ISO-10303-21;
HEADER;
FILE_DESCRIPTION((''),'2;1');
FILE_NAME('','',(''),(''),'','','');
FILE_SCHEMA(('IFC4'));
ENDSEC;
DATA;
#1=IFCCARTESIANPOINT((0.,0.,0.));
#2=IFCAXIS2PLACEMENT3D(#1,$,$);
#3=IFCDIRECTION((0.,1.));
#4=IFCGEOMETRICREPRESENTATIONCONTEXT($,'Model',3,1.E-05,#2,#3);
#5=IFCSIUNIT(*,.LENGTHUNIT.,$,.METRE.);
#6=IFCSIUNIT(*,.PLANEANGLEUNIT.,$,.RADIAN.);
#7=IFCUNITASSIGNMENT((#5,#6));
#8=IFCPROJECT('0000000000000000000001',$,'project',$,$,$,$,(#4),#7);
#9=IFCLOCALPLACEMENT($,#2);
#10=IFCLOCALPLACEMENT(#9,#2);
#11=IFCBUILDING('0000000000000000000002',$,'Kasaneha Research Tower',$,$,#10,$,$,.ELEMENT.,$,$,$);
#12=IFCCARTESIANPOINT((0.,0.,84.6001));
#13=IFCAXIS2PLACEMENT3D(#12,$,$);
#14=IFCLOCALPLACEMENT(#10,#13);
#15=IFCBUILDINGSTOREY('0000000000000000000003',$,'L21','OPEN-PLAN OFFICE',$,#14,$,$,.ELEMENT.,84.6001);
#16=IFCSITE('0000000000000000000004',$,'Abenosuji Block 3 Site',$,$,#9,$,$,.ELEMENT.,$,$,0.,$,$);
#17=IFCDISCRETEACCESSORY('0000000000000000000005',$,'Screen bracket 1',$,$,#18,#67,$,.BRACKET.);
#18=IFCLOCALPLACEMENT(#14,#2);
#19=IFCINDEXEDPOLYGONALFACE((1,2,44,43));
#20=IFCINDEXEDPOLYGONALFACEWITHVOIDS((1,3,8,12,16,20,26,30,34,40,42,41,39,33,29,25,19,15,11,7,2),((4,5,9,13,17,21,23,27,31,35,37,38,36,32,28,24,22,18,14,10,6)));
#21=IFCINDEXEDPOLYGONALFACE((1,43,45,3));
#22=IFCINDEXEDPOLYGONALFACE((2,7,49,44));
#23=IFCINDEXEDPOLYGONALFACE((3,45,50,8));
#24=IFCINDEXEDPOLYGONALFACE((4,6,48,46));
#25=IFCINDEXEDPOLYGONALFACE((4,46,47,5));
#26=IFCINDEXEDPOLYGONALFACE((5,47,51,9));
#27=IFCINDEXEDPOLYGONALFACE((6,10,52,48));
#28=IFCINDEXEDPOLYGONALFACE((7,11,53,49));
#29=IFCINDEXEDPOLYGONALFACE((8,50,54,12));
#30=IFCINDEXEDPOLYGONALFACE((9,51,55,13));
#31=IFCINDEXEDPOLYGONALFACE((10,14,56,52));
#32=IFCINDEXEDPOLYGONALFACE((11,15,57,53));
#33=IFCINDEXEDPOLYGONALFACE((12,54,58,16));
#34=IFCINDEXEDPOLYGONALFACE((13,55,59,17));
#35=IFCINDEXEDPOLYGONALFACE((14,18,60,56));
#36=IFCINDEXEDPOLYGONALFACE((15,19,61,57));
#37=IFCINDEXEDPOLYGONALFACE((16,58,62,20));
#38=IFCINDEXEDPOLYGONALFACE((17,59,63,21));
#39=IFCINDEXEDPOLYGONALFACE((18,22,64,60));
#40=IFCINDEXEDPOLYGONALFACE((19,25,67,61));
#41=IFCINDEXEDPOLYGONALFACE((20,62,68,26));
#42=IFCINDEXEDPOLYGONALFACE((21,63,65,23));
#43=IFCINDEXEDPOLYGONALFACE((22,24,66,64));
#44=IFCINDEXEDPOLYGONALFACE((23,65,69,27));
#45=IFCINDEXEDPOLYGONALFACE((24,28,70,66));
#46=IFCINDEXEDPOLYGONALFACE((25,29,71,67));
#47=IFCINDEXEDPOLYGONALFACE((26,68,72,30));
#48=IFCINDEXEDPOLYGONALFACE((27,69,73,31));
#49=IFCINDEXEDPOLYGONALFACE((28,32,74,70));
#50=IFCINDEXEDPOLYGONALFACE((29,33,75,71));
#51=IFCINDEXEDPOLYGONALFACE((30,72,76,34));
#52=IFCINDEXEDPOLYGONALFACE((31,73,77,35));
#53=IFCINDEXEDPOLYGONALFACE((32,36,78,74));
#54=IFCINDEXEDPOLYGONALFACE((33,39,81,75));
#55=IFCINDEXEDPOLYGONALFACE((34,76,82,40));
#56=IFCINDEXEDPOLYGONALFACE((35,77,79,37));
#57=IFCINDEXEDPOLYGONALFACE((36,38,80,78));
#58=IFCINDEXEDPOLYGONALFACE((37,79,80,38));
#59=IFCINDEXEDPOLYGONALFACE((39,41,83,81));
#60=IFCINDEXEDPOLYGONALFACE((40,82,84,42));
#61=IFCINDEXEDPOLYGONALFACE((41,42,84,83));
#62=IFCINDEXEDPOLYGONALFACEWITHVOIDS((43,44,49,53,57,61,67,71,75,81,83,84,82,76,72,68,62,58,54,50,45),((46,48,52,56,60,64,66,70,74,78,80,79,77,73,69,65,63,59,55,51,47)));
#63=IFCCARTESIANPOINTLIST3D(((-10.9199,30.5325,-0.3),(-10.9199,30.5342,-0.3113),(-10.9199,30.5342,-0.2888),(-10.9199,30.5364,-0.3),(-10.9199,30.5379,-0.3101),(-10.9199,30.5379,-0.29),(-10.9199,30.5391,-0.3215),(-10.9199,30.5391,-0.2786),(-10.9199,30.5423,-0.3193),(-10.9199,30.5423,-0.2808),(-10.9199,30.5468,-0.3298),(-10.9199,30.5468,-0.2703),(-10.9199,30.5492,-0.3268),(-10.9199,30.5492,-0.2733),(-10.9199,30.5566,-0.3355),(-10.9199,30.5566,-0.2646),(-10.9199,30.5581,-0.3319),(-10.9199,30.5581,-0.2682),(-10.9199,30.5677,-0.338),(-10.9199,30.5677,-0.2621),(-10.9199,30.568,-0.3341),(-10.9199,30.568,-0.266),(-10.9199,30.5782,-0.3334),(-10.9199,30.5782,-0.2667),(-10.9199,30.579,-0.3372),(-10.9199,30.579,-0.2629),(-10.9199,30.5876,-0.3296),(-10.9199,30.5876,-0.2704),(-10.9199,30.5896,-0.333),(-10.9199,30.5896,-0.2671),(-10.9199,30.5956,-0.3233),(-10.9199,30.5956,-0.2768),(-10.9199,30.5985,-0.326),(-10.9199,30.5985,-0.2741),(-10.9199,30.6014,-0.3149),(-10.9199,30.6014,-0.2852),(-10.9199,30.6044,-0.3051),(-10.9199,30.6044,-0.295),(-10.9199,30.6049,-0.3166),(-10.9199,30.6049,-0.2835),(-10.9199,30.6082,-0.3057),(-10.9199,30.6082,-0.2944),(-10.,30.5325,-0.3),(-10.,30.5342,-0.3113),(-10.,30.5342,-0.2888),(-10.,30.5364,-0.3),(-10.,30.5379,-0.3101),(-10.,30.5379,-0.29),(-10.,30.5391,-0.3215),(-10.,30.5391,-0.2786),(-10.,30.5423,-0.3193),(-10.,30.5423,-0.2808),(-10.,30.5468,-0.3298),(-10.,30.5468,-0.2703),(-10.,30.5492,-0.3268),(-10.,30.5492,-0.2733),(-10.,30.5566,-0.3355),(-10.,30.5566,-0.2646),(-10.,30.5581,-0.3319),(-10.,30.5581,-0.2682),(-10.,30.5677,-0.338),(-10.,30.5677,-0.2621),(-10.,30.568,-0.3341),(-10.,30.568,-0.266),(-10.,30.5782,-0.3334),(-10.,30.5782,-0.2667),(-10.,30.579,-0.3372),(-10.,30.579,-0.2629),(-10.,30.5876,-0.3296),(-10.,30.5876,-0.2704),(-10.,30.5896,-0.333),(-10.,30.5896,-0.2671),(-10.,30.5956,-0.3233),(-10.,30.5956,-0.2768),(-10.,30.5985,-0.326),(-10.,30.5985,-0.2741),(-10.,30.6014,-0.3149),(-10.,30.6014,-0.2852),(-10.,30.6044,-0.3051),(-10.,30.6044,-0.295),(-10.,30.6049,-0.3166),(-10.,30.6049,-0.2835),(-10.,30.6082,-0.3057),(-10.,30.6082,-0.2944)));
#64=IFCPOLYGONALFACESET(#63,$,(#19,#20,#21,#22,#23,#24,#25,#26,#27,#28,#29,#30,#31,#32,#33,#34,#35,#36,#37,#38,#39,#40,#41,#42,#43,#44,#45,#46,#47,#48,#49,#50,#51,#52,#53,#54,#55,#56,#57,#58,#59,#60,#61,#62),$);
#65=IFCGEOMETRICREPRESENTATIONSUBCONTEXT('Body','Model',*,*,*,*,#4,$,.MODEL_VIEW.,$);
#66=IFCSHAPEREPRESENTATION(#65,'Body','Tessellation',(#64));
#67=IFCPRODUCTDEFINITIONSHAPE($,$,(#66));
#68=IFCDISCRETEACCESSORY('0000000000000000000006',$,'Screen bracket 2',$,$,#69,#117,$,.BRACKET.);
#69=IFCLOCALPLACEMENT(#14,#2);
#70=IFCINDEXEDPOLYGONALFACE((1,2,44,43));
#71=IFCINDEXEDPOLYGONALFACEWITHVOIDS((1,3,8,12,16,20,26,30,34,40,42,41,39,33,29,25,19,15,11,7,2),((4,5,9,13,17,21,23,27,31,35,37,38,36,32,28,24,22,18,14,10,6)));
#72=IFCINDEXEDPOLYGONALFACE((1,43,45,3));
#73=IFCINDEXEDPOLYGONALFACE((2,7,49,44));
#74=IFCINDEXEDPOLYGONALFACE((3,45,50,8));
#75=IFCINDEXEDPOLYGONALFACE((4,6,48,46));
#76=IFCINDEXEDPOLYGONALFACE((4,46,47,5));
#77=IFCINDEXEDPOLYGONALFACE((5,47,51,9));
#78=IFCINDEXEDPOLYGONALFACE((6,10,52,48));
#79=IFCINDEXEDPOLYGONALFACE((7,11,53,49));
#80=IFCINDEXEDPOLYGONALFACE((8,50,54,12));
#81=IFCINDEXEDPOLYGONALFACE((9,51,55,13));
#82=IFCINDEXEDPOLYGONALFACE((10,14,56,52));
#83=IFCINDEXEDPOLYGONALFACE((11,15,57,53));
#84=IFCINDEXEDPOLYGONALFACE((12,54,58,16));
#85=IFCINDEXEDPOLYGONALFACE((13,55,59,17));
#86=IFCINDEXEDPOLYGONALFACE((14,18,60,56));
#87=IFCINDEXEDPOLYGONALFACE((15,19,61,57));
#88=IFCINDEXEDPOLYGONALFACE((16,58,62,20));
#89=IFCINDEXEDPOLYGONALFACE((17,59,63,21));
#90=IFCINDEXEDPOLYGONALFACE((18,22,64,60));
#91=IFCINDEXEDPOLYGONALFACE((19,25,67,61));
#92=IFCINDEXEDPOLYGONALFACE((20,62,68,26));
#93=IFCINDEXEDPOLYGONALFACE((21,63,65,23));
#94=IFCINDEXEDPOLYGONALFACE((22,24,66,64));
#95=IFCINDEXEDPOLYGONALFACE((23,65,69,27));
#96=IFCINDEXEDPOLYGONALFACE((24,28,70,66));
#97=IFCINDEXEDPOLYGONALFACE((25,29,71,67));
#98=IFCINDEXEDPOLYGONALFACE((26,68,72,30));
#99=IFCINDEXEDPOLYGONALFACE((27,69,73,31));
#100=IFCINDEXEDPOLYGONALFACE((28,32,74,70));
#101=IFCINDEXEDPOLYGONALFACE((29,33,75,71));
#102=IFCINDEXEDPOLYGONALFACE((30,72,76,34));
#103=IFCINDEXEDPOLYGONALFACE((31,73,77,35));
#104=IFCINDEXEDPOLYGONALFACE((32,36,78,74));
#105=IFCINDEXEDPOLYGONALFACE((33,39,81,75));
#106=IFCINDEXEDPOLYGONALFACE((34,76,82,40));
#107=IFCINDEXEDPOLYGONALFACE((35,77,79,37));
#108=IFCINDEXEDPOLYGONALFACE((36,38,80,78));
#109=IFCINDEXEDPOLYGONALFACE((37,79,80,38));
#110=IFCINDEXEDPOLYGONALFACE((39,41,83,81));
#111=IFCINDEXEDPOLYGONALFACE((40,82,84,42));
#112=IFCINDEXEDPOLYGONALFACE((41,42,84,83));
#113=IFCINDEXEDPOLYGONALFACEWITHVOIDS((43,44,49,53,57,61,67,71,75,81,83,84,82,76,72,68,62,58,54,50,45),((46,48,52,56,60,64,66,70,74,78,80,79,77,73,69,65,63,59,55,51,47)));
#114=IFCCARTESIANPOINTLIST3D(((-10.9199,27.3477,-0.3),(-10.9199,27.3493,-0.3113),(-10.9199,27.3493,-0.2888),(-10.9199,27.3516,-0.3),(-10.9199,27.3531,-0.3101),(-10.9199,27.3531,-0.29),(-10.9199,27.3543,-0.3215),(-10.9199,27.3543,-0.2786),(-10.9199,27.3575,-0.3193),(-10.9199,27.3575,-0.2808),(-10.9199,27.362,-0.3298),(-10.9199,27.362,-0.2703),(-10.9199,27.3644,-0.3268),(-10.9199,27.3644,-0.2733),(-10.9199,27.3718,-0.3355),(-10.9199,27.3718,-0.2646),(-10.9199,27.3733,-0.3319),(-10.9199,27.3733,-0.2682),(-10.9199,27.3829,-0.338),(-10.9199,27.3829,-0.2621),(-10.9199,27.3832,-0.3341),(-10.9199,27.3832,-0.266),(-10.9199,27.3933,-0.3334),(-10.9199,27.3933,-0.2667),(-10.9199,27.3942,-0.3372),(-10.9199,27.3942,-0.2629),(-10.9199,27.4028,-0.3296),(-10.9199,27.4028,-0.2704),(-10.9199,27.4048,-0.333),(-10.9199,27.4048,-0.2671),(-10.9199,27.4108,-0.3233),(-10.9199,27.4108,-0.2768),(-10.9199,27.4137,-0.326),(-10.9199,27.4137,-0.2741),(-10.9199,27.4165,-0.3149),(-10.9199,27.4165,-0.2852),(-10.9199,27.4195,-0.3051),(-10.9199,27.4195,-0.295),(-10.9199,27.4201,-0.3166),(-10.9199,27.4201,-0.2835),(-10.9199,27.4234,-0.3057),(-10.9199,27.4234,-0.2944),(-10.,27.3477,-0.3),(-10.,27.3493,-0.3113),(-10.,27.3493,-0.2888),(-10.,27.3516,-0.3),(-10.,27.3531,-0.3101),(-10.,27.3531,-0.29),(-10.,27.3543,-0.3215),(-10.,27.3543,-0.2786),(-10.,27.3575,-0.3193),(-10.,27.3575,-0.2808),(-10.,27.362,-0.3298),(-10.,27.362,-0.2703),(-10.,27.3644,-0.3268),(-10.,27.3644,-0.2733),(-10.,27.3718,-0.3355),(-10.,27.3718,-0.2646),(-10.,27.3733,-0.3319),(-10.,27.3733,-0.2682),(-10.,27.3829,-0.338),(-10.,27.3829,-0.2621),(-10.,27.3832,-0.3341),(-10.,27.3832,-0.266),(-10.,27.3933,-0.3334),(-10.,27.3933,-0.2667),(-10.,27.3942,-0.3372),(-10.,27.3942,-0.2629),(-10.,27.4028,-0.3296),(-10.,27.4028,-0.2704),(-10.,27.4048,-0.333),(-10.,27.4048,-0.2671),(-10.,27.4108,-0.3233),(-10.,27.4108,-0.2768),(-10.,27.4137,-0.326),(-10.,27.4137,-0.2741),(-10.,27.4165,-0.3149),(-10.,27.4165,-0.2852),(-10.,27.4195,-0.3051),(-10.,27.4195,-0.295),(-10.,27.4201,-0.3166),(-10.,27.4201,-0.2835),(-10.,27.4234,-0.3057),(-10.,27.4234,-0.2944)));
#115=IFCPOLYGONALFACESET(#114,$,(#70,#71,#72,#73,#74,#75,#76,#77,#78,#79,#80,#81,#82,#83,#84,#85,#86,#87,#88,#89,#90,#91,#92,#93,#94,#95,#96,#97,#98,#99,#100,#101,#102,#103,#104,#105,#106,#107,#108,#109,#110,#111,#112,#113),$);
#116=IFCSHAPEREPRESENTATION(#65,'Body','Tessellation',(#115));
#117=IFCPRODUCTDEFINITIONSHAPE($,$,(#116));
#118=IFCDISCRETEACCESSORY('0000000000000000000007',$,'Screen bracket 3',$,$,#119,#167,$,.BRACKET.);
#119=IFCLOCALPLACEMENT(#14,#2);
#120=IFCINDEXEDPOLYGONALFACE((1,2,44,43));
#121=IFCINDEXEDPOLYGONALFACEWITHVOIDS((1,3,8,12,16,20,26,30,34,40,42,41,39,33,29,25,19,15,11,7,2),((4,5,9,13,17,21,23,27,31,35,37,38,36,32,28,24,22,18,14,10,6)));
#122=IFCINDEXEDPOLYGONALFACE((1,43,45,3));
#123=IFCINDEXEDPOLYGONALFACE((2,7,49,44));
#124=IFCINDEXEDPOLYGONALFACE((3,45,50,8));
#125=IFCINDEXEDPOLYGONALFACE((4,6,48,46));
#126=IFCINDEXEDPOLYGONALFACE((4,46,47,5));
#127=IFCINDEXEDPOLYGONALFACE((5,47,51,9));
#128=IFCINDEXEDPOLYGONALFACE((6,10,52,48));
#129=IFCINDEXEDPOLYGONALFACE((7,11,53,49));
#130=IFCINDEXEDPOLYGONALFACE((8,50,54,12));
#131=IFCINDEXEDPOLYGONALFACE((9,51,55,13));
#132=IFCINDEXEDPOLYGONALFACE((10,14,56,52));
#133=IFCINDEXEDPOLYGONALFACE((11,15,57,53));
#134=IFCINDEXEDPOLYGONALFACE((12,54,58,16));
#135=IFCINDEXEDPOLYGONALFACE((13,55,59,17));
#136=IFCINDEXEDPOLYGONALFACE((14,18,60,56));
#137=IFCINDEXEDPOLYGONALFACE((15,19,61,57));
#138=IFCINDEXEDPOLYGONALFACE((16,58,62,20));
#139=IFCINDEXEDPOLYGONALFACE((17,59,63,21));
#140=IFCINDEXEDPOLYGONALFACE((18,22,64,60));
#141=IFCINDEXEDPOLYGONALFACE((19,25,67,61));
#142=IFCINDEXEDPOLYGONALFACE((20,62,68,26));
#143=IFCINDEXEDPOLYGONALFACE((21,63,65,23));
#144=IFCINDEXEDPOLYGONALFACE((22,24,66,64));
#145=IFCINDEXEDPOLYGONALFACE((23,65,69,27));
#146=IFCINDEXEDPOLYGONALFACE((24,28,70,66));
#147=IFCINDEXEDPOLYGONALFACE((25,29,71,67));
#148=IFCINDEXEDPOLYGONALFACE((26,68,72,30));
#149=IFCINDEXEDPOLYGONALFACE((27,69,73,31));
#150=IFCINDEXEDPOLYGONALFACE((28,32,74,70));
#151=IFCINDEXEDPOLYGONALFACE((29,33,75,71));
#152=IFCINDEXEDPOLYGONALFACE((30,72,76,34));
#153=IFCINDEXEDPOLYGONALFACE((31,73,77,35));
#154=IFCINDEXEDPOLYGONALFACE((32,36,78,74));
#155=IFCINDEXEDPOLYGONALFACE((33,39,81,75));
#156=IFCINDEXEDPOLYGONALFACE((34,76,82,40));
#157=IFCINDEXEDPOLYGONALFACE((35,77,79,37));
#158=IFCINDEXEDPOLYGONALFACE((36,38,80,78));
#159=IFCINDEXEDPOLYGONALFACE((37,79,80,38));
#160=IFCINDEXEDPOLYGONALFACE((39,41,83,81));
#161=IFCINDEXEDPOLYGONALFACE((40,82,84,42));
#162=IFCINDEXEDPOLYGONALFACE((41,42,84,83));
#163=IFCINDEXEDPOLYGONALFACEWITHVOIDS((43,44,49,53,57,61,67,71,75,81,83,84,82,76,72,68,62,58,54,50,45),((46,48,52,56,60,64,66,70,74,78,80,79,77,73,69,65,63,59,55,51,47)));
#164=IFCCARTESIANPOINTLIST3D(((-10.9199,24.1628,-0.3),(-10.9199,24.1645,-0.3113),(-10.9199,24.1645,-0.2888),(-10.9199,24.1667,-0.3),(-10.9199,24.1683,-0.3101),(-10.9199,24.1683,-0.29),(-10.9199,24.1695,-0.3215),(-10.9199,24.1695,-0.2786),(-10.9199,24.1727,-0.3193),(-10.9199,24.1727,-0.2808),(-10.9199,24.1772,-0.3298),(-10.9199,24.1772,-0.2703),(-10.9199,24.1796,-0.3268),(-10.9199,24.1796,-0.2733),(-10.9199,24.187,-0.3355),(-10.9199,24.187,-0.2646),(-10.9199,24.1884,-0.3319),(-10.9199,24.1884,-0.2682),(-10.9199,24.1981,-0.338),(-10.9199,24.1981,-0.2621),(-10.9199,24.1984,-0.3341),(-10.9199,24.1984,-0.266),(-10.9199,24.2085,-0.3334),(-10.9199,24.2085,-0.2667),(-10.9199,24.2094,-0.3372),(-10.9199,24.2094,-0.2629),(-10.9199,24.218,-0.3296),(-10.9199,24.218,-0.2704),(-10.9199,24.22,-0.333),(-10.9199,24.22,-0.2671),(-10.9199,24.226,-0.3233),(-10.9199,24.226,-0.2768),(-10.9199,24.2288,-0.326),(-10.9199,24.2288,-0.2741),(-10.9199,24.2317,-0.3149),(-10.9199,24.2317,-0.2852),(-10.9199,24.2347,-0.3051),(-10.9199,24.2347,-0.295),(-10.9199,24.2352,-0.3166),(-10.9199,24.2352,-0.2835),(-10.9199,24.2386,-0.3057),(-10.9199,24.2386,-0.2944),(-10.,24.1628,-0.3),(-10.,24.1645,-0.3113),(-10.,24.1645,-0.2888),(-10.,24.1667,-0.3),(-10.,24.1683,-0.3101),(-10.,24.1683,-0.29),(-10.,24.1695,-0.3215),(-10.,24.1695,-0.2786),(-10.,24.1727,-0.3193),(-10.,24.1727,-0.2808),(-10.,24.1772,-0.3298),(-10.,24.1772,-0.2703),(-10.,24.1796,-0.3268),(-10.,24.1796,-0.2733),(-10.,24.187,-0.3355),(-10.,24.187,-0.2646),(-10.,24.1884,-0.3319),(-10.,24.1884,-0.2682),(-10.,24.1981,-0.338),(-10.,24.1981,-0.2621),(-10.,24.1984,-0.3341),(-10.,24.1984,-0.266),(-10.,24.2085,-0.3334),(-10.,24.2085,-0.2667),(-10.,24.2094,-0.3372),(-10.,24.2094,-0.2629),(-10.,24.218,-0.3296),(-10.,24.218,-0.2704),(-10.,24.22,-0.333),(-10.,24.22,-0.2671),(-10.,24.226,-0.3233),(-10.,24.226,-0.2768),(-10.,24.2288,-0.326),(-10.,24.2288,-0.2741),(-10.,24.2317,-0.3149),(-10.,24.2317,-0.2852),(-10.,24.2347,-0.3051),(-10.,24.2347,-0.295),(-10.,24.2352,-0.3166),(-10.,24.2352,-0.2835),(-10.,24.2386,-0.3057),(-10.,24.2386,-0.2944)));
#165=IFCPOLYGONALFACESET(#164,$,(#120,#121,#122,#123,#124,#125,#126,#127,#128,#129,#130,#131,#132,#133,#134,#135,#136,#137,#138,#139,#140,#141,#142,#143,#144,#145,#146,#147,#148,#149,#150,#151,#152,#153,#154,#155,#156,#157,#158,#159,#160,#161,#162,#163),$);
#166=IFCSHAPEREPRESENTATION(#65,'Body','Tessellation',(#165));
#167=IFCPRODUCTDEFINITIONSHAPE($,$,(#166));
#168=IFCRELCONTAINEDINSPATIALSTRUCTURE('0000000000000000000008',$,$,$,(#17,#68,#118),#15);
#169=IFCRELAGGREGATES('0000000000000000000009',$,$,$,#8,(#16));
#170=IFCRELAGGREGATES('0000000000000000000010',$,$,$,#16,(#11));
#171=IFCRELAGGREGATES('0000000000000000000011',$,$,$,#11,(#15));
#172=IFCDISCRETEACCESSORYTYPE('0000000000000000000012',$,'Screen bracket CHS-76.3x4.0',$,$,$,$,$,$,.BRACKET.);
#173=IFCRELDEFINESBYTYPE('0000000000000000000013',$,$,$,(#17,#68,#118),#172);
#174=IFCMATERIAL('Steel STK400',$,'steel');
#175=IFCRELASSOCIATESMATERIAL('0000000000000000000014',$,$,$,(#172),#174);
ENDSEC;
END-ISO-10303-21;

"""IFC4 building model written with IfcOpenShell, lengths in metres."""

from ifc_helpers import new_model, si_unit, direction, frame, origin, origin_2d, place, context, subcontext, project, spatial, hollow_circle, extrude, material, material_profile, profile_set, type_object, element, save


model = new_model("IFC4")

# Units and contexts
model_context = context("Model", 3, precision=1e-05, world=origin(), true_north=direction((0.0, 1.0)))
body_context = subcontext(model_context, "Body", "Model", "MODEL_VIEW")
ifc_project = project(units=[si_unit("LENGTHUNIT", "METRE"), si_unit("PLANEANGLEUNIT", "RADIAN")], contexts=[model_context])

# Site, building, storey
site_placement = place(None, origin())
site = spatial("IfcSite", under=ifc_project, at=site_placement, Name="Abenosuji Block 3 Site", CompositionType="ELEMENT", RefElevation=0.0)
building_placement = place(site_placement, origin())
building = spatial("IfcBuilding", under=site, at=building_placement, Name="Kasaneha Research Tower", CompositionType="ELEMENT")
storey_placement = place(building_placement, frame((0.0, 0.0, 84.6001)))
storey = spatial("IfcBuildingStorey", under=building, at=storey_placement, Name="L21", Description="OPEN-PLAN OFFICE", CompositionType="ELEMENT", Elevation=84.6001)

# Discrete accessories
ifc_material_1 = material(Name="Steel STK400", Category="steel")
ifc_material_profile_1 = material_profile(ifc_material_1, hollow_circle(Radius=0.0381, WallThickness=0.0039, at=origin_2d()), Name="CHS-76.3x4.0")
ifc_profile_set_1 = profile_set([ifc_material_profile_1], Name="Steel STK400")
discrete_accessory_type = type_object("IfcDiscreteAccessoryType", Name="Screen bracket CHS-76.3x4.0", PredefinedType="BRACKET", material=ifc_profile_set_1)
for number, where, z_axis, x_axis, name in (
    (1, (-10.0, 30.5706, -0.3), (-1.0, 0.0, 0.0), (0.0, -1.0, 0.0), "Screen bracket 1"),
    (2, (-10.0, 27.3857, -0.3), (-1.0, 0.0, 0.0), (0.0, -1.0, 0.0), "Screen bracket 2"),
    (3, (-10.0, 24.2009, -0.3), (-1.0, 0.0, 0.0), (0.0, -1.0, 0.0), "Screen bracket 3"),
):
    element("IfcDiscreteAccessory", number, at=place(storey_placement, frame(where, z_axis=z_axis, x_axis=x_axis)), inside=storey, type_object=discrete_accessory_type, Name=name, PredefinedType="BRACKET", context=body_context, shape_type="SweptSolid", body=[
        extrude(hollow_circle(Radius=0.0381, WallThickness=0.0039, at=origin_2d()), origin(), (0.0, 0.0, 1.0), 0.9199),
    ])

save(model, "model.ifc")
